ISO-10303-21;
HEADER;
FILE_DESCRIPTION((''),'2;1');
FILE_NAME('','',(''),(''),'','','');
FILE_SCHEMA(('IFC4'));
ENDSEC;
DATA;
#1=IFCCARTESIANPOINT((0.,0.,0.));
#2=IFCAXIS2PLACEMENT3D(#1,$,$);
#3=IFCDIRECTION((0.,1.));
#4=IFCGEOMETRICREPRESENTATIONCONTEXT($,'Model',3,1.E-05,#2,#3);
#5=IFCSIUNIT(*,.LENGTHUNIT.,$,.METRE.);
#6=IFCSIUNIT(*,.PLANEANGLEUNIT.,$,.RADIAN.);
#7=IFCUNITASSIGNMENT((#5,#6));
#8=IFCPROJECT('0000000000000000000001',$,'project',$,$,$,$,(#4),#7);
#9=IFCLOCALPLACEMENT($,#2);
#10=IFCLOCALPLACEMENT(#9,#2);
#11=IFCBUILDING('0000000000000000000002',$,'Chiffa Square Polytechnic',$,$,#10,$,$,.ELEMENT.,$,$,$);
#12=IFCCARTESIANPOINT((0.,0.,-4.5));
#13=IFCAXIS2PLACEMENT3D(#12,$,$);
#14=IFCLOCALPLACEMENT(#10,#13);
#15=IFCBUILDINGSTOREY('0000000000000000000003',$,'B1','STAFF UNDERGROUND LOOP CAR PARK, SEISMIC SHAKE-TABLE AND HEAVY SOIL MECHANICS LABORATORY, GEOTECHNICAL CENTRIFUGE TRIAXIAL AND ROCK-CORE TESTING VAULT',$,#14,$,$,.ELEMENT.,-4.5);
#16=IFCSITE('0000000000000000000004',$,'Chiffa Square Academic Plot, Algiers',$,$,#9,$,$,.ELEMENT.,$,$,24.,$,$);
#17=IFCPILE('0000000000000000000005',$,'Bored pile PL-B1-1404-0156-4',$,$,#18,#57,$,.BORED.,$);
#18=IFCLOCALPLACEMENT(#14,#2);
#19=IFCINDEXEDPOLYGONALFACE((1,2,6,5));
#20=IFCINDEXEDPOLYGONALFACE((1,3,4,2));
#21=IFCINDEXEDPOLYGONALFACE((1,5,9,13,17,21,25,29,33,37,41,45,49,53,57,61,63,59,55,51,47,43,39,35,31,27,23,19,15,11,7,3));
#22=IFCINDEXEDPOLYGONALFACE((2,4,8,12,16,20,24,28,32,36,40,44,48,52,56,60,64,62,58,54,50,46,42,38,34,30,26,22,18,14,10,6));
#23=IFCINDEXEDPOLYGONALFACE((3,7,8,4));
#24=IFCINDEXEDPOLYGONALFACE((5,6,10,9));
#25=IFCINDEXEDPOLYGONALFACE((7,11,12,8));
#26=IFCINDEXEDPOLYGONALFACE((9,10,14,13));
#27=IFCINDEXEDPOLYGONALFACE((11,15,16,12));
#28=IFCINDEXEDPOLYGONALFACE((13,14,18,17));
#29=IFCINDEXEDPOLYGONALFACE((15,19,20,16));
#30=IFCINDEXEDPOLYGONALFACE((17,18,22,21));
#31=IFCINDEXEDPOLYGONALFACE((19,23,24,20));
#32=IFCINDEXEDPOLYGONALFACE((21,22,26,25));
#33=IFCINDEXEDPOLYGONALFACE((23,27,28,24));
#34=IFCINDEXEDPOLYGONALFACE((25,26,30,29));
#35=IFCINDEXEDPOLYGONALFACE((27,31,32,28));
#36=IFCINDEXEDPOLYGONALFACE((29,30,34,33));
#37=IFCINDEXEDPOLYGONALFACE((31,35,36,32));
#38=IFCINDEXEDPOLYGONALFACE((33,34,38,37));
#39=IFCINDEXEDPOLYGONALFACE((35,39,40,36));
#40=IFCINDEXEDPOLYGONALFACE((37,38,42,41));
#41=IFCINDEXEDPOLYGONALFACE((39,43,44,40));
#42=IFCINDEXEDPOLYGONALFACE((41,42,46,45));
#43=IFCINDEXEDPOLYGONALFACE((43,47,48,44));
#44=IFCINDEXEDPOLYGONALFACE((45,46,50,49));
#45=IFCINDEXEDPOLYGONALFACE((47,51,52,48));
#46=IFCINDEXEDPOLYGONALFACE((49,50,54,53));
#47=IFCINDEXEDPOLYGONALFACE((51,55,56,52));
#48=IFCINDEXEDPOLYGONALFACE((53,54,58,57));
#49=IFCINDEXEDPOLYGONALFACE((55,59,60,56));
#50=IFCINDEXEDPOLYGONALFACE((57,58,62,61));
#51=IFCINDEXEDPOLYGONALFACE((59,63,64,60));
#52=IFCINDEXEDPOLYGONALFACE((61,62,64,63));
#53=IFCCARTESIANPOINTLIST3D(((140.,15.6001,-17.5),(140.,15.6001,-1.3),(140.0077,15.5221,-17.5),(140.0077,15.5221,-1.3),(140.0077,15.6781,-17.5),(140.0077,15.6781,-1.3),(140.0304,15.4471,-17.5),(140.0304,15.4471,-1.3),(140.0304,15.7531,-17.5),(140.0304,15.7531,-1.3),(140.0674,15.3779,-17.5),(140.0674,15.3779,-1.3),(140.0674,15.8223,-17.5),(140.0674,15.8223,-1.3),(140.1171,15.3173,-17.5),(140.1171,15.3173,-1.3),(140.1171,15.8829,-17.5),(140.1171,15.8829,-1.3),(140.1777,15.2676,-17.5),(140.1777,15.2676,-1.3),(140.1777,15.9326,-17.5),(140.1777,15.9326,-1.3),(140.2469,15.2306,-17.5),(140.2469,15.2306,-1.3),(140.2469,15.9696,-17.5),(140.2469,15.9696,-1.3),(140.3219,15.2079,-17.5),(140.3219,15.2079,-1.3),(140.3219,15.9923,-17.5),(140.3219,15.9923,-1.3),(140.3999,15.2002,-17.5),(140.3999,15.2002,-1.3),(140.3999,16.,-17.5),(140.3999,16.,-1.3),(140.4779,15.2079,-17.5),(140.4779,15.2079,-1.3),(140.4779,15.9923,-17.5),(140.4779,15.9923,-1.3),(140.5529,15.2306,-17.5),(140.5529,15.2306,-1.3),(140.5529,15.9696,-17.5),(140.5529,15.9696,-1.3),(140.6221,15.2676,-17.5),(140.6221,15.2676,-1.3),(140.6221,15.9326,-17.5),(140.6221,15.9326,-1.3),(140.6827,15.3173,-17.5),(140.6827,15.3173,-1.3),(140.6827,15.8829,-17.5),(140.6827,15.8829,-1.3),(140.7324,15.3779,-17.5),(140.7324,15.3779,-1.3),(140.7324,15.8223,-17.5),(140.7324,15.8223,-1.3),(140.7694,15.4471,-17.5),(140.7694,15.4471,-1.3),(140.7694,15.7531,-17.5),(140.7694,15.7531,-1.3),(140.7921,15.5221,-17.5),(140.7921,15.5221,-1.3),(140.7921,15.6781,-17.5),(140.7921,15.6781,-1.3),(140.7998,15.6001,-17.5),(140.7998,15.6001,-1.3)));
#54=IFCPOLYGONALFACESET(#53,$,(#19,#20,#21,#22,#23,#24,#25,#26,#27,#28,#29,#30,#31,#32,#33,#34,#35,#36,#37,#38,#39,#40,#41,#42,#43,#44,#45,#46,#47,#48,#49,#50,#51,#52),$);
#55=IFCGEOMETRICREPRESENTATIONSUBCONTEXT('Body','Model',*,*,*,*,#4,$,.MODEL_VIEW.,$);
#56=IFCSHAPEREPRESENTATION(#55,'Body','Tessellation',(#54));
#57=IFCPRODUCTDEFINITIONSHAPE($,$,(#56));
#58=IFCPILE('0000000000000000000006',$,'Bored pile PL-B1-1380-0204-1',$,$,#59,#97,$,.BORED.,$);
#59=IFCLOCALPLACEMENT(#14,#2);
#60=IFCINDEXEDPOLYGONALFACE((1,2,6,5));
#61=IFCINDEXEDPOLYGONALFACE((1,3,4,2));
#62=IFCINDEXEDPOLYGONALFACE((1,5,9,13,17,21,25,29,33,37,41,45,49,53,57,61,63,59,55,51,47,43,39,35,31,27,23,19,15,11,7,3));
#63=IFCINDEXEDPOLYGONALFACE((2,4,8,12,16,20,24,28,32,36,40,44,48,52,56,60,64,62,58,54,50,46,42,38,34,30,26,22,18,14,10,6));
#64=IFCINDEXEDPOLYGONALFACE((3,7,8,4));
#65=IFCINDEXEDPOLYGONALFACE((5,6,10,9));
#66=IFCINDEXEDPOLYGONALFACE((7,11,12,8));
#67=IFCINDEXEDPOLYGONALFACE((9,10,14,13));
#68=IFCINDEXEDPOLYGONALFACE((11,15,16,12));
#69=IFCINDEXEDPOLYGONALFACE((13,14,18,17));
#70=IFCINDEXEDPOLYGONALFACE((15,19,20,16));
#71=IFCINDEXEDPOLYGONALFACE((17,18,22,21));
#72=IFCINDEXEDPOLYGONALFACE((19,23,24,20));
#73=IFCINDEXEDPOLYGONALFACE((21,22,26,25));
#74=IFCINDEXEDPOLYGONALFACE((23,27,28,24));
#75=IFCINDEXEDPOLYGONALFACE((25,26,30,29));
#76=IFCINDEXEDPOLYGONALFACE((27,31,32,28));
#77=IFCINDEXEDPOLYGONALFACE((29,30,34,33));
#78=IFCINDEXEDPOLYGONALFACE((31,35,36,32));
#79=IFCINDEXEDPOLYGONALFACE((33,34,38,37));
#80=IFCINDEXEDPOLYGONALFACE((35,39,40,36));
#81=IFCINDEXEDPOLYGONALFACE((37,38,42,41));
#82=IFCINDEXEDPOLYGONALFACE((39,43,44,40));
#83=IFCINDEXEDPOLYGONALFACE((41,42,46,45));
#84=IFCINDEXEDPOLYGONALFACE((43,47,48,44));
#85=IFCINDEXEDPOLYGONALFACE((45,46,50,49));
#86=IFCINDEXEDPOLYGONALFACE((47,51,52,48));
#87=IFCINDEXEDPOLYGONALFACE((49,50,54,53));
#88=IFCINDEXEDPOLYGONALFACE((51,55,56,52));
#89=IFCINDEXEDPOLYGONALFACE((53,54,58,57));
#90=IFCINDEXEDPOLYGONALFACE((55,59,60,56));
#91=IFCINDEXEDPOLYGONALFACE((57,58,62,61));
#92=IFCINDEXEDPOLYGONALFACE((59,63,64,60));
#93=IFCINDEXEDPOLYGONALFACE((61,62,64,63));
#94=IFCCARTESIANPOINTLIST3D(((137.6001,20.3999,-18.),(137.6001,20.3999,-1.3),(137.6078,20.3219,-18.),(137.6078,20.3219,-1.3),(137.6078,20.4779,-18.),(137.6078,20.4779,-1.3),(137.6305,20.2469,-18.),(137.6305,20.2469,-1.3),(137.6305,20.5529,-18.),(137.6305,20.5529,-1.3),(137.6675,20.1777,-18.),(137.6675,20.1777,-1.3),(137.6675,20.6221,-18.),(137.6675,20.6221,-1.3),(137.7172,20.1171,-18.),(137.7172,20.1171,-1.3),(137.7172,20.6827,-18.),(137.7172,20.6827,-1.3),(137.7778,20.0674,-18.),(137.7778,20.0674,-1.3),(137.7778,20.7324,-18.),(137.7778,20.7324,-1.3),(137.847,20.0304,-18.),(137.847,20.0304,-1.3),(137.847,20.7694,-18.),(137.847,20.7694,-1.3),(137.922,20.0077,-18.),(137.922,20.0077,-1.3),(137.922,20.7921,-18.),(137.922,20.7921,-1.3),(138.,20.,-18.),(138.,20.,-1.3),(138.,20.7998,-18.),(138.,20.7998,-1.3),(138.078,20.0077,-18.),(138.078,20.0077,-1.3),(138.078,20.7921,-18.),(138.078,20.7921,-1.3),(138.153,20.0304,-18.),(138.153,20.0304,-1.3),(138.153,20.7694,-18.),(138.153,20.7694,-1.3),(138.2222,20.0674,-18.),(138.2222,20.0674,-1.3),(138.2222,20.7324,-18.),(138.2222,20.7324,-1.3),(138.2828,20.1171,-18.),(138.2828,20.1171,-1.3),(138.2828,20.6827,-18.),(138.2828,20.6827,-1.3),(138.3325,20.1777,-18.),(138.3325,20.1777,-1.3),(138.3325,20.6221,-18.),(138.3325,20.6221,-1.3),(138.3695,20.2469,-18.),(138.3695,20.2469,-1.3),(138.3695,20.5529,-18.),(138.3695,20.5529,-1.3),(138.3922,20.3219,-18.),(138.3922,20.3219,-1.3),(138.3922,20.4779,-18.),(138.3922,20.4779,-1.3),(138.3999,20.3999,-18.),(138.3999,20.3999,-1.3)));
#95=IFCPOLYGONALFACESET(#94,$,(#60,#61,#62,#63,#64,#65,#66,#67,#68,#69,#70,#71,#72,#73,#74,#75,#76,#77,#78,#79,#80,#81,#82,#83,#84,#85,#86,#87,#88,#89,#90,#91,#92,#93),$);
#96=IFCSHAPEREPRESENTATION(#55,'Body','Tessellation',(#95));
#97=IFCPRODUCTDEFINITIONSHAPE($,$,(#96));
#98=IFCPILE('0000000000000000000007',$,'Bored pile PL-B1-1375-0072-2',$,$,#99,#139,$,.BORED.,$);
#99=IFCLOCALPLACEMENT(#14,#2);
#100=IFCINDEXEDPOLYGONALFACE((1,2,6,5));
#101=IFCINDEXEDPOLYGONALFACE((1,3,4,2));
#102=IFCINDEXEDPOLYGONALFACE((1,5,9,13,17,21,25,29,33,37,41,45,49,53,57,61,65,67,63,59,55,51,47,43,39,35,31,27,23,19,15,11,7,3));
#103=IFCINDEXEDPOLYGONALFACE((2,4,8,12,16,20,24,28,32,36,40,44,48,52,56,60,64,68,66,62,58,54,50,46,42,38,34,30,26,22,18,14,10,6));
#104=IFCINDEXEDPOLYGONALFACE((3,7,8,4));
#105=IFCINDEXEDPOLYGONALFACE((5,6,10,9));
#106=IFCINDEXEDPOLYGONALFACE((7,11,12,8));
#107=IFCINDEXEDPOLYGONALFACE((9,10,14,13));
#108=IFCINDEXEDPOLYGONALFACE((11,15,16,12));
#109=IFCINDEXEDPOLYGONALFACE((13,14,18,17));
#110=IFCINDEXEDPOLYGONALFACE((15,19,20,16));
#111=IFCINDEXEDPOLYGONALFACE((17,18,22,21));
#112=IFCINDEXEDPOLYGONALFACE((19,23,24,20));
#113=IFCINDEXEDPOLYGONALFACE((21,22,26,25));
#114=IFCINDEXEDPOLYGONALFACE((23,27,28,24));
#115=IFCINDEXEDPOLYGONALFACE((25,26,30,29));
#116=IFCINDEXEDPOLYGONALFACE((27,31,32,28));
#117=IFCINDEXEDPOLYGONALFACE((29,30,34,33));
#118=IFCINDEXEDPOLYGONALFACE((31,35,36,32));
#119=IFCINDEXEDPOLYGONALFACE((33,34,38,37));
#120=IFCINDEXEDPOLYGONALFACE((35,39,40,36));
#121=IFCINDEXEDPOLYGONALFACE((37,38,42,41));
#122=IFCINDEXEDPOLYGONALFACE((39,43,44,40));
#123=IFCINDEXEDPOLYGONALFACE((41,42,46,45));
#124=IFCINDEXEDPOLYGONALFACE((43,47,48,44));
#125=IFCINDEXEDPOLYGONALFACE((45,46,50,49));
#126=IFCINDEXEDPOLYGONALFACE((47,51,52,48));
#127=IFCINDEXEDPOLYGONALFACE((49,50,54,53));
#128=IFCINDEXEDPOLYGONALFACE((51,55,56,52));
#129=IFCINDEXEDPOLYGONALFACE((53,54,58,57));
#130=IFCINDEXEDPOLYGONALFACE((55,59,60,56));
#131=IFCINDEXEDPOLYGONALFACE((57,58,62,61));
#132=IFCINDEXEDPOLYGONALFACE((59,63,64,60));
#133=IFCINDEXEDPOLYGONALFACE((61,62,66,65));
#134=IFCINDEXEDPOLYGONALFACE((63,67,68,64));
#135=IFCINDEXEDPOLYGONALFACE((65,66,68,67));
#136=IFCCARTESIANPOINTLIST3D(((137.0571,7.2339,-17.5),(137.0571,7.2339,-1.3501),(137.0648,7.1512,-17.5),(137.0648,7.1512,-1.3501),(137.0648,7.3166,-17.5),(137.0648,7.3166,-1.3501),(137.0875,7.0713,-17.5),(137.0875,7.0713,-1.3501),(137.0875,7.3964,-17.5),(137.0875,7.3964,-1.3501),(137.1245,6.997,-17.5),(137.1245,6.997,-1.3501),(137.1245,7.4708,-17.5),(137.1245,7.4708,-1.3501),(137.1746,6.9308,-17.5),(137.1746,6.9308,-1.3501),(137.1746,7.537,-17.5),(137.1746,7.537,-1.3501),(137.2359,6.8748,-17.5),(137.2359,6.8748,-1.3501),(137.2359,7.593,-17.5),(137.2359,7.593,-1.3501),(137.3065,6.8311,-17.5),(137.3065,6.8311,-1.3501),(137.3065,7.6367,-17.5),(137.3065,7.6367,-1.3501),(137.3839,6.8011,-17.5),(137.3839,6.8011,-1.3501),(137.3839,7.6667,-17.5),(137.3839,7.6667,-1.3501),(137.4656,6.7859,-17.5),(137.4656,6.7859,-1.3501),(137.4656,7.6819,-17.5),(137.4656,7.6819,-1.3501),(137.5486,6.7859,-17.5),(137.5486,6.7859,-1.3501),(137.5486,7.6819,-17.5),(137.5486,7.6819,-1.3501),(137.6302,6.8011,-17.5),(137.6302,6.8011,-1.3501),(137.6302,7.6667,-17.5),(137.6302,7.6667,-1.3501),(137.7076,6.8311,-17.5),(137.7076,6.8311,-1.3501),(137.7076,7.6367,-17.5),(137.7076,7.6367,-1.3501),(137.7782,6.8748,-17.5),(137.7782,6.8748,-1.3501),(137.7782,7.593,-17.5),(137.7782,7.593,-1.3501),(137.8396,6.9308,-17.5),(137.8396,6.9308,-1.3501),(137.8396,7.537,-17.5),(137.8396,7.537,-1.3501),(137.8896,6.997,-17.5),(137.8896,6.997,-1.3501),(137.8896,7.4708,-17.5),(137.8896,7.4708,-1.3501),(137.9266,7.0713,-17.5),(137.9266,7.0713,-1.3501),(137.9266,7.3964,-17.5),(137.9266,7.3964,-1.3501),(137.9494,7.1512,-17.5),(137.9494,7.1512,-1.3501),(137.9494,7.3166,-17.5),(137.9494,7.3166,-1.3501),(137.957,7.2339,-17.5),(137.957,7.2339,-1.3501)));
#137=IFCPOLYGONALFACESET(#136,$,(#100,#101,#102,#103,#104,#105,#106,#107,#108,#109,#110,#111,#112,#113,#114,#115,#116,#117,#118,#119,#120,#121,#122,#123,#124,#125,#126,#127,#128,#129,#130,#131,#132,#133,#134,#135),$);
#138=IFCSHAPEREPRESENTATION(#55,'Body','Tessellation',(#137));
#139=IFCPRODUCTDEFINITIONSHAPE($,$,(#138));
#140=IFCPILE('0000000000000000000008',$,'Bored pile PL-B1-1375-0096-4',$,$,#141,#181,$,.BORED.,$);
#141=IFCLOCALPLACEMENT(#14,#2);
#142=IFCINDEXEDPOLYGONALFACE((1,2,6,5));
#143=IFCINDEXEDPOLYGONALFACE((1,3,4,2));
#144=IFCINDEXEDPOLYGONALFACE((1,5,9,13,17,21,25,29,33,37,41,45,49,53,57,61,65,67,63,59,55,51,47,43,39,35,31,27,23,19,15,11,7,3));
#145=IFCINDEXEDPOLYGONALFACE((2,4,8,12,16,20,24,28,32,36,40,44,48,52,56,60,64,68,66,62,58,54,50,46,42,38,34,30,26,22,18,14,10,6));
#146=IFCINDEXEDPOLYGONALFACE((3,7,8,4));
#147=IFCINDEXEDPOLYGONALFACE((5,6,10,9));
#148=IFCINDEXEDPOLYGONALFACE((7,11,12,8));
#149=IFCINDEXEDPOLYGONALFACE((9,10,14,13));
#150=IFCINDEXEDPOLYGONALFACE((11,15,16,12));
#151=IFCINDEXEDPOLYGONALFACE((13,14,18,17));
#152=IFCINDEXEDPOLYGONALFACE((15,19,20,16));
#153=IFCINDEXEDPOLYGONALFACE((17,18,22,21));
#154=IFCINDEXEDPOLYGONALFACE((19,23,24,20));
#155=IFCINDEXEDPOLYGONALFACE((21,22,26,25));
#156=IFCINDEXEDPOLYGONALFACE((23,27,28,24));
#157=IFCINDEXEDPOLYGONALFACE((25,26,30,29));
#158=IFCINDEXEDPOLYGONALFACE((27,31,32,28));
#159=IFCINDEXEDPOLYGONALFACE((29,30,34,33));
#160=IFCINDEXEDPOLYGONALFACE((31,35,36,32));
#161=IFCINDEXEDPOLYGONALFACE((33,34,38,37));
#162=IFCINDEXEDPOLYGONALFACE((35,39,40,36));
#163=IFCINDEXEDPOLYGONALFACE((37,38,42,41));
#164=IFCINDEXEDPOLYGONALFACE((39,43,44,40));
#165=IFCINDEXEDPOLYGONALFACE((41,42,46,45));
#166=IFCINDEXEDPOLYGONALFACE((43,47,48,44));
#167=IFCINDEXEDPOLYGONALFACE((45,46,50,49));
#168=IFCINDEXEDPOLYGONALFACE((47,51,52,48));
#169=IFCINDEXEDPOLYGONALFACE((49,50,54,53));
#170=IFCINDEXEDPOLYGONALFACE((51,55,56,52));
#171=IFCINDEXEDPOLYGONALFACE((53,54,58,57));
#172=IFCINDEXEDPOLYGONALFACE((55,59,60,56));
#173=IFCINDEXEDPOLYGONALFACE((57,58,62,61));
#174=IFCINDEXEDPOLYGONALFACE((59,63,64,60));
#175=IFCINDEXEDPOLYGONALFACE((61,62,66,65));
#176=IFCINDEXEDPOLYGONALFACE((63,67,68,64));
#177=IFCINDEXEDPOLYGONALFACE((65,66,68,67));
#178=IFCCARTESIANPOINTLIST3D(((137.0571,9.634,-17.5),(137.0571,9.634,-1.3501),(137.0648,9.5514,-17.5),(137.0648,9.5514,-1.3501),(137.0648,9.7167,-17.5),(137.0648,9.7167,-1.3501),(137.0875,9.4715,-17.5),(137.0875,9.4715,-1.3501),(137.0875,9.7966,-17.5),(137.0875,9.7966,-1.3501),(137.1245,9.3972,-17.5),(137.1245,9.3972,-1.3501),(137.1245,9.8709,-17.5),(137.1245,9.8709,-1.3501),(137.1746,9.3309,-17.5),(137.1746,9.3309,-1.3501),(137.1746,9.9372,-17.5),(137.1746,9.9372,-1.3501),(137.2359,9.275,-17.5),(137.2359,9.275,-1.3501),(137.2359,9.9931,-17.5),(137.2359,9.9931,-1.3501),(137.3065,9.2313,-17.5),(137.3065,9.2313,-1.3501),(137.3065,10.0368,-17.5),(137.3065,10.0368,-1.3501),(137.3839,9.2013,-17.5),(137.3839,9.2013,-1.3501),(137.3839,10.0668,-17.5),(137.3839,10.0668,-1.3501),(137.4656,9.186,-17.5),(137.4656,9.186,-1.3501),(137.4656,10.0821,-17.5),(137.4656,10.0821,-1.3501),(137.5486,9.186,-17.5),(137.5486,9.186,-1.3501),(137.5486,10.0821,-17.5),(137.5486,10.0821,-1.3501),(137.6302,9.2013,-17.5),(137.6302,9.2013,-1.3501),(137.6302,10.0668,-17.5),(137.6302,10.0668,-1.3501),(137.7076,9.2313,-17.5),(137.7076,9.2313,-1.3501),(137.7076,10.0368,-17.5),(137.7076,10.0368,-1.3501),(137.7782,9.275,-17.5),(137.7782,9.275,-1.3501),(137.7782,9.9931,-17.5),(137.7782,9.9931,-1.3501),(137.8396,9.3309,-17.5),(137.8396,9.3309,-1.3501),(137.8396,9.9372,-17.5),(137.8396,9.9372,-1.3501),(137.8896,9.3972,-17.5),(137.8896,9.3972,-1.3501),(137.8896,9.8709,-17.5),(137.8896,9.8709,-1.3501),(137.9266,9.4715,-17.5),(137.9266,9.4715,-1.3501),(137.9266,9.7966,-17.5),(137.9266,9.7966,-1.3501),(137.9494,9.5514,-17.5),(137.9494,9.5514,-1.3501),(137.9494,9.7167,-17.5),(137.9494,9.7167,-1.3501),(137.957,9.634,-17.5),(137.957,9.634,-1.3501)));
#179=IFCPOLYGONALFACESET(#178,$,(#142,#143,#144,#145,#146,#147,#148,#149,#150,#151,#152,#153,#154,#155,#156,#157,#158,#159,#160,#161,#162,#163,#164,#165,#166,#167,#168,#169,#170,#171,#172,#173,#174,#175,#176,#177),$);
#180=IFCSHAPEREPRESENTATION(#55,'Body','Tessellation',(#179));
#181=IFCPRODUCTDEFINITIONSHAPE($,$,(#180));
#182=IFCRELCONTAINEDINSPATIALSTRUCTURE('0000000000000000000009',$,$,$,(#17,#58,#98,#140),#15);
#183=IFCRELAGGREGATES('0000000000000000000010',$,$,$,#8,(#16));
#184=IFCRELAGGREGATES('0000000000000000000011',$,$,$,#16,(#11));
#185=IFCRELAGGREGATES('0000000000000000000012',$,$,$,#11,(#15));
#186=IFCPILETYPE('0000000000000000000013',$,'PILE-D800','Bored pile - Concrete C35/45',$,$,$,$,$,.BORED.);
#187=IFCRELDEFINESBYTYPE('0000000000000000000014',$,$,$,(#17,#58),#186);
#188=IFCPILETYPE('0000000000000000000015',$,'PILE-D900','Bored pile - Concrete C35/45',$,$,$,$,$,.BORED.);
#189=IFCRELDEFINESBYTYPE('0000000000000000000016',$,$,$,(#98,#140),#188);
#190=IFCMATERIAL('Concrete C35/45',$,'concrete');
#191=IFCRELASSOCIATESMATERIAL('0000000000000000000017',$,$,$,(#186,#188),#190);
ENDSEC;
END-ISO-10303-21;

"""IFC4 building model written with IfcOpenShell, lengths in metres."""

from ifc_helpers import new_model, si_unit, direction, frame, origin, origin_2d, place, context, subcontext, project, spatial, circle, extrude, material, material_profile, profile_set, type_object, element, save


model = new_model("IFC4")

# Units and contexts
model_context = context("Model", 3, precision=1e-05, world=origin(), true_north=direction((0.0, 1.0)))
body_context = subcontext(model_context, "Body", "Model", "MODEL_VIEW")
ifc_project = project(units=[si_unit("LENGTHUNIT", "METRE"), si_unit("PLANEANGLEUNIT", "RADIAN")], contexts=[model_context])

# Site, building, storey
site_placement = place(None, origin())
site = spatial("IfcSite", under=ifc_project, at=site_placement, Name="Chiffa Square Academic Plot, Algiers", CompositionType="ELEMENT", RefElevation=24.0)
building_placement = place(site_placement, origin())
building = spatial("IfcBuilding", under=site, at=building_placement, Name="Chiffa Square Polytechnic", CompositionType="ELEMENT")
storey_placement = place(building_placement, frame((0.0, 0.0, -4.5)))
storey = spatial("IfcBuildingStorey", under=building, at=storey_placement, Name="B1", Description="STAFF UNDERGROUND LOOP CAR PARK, SEISMIC SHAKE-TABLE AND HEAVY SOIL MECHANICS LABORATORY, GEOTECHNICAL CENTRIFUGE TRIAXIAL AND ROCK-CORE TESTING VAULT", CompositionType="ELEMENT", Elevation=-4.5)

# Shared definitions
ifc_material_1 = material(Name="Concrete C35/45", Category="concrete")

# Piles
ifc_material_profile_1 = material_profile(ifc_material_1, circle(Radius=0.3999, at=origin_2d()), Name="PILE D800")
ifc_profile_set_1 = profile_set([ifc_material_profile_1], Name="Concrete C35/45")
pile_type_1 = type_object("IfcPileType", Name="PILE-D800", Description="Bored pile - Concrete C35/45", PredefinedType="BORED", material=ifc_profile_set_1)
for number, where, z_axis, x_axis, name in (
    (1, (140.3999, 15.6001, -1.3), (0.0, 0.0, -1.0), (1.0, 0.0, 0.0), "Bored pile PL-B1-1404-0156-4"),
):
    element("IfcPile", number, at=place(storey_placement, frame(where, z_axis=z_axis, x_axis=x_axis)), inside=storey, type_object=pile_type_1, Name=name, PredefinedType="BORED", context=body_context, shape_type="SweptSolid", body=[
        extrude(circle(Radius=0.3999, at=origin_2d()), origin(), (0.0, 0.0, 1.0), 16.2),
    ])
pile_placement = place(storey_placement, frame((138.0, 20.3999, -1.3), z_axis=(0.0, 0.0, -1.0), x_axis=(1.0, 0.0, 0.0)))
element("IfcPile", 2, at=pile_placement, inside=storey, type_object=pile_type_1, Name="Bored pile PL-B1-1380-0204-1", PredefinedType="BORED", context=body_context, shape_type="SweptSolid", body=[
    extrude(circle(Radius=0.3999, at=origin_2d()), origin(), (0.0, 0.0, 1.0), 16.7),
])
ifc_material_profile_2 = material_profile(ifc_material_1, circle(Radius=0.45, at=origin_2d()), Name="PILE D900")
ifc_profile_set_2 = profile_set([ifc_material_profile_2], Name="Concrete C35/45")
pile_type_2 = type_object("IfcPileType", Name="PILE-D900", Description="Bored pile - Concrete C35/45", PredefinedType="BORED", material=ifc_profile_set_2)
for number, where, z_axis, x_axis, name in (
    (3, (137.5071, 7.2339, -1.3501), (0.0, 0.0, -1.0), (1.0, 0.0, 0.0), "Bored pile PL-B1-1375-0072-2"),
    (4, (137.5071, 9.634, -1.3501), (0.0, 0.0, -1.0), (1.0, 0.0, 0.0), "Bored pile PL-B1-1375-0096-4"),
):
    element("IfcPile", number, at=place(storey_placement, frame(where, z_axis=z_axis, x_axis=x_axis)), inside=storey, type_object=pile_type_2, Name=name, PredefinedType="BORED", context=body_context, shape_type="SweptSolid", body=[
        extrude(circle(Radius=0.45, at=origin_2d()), origin(), (0.0, 0.0, 1.0), 16.1499),
    ])

save(model, "model.ifc")
